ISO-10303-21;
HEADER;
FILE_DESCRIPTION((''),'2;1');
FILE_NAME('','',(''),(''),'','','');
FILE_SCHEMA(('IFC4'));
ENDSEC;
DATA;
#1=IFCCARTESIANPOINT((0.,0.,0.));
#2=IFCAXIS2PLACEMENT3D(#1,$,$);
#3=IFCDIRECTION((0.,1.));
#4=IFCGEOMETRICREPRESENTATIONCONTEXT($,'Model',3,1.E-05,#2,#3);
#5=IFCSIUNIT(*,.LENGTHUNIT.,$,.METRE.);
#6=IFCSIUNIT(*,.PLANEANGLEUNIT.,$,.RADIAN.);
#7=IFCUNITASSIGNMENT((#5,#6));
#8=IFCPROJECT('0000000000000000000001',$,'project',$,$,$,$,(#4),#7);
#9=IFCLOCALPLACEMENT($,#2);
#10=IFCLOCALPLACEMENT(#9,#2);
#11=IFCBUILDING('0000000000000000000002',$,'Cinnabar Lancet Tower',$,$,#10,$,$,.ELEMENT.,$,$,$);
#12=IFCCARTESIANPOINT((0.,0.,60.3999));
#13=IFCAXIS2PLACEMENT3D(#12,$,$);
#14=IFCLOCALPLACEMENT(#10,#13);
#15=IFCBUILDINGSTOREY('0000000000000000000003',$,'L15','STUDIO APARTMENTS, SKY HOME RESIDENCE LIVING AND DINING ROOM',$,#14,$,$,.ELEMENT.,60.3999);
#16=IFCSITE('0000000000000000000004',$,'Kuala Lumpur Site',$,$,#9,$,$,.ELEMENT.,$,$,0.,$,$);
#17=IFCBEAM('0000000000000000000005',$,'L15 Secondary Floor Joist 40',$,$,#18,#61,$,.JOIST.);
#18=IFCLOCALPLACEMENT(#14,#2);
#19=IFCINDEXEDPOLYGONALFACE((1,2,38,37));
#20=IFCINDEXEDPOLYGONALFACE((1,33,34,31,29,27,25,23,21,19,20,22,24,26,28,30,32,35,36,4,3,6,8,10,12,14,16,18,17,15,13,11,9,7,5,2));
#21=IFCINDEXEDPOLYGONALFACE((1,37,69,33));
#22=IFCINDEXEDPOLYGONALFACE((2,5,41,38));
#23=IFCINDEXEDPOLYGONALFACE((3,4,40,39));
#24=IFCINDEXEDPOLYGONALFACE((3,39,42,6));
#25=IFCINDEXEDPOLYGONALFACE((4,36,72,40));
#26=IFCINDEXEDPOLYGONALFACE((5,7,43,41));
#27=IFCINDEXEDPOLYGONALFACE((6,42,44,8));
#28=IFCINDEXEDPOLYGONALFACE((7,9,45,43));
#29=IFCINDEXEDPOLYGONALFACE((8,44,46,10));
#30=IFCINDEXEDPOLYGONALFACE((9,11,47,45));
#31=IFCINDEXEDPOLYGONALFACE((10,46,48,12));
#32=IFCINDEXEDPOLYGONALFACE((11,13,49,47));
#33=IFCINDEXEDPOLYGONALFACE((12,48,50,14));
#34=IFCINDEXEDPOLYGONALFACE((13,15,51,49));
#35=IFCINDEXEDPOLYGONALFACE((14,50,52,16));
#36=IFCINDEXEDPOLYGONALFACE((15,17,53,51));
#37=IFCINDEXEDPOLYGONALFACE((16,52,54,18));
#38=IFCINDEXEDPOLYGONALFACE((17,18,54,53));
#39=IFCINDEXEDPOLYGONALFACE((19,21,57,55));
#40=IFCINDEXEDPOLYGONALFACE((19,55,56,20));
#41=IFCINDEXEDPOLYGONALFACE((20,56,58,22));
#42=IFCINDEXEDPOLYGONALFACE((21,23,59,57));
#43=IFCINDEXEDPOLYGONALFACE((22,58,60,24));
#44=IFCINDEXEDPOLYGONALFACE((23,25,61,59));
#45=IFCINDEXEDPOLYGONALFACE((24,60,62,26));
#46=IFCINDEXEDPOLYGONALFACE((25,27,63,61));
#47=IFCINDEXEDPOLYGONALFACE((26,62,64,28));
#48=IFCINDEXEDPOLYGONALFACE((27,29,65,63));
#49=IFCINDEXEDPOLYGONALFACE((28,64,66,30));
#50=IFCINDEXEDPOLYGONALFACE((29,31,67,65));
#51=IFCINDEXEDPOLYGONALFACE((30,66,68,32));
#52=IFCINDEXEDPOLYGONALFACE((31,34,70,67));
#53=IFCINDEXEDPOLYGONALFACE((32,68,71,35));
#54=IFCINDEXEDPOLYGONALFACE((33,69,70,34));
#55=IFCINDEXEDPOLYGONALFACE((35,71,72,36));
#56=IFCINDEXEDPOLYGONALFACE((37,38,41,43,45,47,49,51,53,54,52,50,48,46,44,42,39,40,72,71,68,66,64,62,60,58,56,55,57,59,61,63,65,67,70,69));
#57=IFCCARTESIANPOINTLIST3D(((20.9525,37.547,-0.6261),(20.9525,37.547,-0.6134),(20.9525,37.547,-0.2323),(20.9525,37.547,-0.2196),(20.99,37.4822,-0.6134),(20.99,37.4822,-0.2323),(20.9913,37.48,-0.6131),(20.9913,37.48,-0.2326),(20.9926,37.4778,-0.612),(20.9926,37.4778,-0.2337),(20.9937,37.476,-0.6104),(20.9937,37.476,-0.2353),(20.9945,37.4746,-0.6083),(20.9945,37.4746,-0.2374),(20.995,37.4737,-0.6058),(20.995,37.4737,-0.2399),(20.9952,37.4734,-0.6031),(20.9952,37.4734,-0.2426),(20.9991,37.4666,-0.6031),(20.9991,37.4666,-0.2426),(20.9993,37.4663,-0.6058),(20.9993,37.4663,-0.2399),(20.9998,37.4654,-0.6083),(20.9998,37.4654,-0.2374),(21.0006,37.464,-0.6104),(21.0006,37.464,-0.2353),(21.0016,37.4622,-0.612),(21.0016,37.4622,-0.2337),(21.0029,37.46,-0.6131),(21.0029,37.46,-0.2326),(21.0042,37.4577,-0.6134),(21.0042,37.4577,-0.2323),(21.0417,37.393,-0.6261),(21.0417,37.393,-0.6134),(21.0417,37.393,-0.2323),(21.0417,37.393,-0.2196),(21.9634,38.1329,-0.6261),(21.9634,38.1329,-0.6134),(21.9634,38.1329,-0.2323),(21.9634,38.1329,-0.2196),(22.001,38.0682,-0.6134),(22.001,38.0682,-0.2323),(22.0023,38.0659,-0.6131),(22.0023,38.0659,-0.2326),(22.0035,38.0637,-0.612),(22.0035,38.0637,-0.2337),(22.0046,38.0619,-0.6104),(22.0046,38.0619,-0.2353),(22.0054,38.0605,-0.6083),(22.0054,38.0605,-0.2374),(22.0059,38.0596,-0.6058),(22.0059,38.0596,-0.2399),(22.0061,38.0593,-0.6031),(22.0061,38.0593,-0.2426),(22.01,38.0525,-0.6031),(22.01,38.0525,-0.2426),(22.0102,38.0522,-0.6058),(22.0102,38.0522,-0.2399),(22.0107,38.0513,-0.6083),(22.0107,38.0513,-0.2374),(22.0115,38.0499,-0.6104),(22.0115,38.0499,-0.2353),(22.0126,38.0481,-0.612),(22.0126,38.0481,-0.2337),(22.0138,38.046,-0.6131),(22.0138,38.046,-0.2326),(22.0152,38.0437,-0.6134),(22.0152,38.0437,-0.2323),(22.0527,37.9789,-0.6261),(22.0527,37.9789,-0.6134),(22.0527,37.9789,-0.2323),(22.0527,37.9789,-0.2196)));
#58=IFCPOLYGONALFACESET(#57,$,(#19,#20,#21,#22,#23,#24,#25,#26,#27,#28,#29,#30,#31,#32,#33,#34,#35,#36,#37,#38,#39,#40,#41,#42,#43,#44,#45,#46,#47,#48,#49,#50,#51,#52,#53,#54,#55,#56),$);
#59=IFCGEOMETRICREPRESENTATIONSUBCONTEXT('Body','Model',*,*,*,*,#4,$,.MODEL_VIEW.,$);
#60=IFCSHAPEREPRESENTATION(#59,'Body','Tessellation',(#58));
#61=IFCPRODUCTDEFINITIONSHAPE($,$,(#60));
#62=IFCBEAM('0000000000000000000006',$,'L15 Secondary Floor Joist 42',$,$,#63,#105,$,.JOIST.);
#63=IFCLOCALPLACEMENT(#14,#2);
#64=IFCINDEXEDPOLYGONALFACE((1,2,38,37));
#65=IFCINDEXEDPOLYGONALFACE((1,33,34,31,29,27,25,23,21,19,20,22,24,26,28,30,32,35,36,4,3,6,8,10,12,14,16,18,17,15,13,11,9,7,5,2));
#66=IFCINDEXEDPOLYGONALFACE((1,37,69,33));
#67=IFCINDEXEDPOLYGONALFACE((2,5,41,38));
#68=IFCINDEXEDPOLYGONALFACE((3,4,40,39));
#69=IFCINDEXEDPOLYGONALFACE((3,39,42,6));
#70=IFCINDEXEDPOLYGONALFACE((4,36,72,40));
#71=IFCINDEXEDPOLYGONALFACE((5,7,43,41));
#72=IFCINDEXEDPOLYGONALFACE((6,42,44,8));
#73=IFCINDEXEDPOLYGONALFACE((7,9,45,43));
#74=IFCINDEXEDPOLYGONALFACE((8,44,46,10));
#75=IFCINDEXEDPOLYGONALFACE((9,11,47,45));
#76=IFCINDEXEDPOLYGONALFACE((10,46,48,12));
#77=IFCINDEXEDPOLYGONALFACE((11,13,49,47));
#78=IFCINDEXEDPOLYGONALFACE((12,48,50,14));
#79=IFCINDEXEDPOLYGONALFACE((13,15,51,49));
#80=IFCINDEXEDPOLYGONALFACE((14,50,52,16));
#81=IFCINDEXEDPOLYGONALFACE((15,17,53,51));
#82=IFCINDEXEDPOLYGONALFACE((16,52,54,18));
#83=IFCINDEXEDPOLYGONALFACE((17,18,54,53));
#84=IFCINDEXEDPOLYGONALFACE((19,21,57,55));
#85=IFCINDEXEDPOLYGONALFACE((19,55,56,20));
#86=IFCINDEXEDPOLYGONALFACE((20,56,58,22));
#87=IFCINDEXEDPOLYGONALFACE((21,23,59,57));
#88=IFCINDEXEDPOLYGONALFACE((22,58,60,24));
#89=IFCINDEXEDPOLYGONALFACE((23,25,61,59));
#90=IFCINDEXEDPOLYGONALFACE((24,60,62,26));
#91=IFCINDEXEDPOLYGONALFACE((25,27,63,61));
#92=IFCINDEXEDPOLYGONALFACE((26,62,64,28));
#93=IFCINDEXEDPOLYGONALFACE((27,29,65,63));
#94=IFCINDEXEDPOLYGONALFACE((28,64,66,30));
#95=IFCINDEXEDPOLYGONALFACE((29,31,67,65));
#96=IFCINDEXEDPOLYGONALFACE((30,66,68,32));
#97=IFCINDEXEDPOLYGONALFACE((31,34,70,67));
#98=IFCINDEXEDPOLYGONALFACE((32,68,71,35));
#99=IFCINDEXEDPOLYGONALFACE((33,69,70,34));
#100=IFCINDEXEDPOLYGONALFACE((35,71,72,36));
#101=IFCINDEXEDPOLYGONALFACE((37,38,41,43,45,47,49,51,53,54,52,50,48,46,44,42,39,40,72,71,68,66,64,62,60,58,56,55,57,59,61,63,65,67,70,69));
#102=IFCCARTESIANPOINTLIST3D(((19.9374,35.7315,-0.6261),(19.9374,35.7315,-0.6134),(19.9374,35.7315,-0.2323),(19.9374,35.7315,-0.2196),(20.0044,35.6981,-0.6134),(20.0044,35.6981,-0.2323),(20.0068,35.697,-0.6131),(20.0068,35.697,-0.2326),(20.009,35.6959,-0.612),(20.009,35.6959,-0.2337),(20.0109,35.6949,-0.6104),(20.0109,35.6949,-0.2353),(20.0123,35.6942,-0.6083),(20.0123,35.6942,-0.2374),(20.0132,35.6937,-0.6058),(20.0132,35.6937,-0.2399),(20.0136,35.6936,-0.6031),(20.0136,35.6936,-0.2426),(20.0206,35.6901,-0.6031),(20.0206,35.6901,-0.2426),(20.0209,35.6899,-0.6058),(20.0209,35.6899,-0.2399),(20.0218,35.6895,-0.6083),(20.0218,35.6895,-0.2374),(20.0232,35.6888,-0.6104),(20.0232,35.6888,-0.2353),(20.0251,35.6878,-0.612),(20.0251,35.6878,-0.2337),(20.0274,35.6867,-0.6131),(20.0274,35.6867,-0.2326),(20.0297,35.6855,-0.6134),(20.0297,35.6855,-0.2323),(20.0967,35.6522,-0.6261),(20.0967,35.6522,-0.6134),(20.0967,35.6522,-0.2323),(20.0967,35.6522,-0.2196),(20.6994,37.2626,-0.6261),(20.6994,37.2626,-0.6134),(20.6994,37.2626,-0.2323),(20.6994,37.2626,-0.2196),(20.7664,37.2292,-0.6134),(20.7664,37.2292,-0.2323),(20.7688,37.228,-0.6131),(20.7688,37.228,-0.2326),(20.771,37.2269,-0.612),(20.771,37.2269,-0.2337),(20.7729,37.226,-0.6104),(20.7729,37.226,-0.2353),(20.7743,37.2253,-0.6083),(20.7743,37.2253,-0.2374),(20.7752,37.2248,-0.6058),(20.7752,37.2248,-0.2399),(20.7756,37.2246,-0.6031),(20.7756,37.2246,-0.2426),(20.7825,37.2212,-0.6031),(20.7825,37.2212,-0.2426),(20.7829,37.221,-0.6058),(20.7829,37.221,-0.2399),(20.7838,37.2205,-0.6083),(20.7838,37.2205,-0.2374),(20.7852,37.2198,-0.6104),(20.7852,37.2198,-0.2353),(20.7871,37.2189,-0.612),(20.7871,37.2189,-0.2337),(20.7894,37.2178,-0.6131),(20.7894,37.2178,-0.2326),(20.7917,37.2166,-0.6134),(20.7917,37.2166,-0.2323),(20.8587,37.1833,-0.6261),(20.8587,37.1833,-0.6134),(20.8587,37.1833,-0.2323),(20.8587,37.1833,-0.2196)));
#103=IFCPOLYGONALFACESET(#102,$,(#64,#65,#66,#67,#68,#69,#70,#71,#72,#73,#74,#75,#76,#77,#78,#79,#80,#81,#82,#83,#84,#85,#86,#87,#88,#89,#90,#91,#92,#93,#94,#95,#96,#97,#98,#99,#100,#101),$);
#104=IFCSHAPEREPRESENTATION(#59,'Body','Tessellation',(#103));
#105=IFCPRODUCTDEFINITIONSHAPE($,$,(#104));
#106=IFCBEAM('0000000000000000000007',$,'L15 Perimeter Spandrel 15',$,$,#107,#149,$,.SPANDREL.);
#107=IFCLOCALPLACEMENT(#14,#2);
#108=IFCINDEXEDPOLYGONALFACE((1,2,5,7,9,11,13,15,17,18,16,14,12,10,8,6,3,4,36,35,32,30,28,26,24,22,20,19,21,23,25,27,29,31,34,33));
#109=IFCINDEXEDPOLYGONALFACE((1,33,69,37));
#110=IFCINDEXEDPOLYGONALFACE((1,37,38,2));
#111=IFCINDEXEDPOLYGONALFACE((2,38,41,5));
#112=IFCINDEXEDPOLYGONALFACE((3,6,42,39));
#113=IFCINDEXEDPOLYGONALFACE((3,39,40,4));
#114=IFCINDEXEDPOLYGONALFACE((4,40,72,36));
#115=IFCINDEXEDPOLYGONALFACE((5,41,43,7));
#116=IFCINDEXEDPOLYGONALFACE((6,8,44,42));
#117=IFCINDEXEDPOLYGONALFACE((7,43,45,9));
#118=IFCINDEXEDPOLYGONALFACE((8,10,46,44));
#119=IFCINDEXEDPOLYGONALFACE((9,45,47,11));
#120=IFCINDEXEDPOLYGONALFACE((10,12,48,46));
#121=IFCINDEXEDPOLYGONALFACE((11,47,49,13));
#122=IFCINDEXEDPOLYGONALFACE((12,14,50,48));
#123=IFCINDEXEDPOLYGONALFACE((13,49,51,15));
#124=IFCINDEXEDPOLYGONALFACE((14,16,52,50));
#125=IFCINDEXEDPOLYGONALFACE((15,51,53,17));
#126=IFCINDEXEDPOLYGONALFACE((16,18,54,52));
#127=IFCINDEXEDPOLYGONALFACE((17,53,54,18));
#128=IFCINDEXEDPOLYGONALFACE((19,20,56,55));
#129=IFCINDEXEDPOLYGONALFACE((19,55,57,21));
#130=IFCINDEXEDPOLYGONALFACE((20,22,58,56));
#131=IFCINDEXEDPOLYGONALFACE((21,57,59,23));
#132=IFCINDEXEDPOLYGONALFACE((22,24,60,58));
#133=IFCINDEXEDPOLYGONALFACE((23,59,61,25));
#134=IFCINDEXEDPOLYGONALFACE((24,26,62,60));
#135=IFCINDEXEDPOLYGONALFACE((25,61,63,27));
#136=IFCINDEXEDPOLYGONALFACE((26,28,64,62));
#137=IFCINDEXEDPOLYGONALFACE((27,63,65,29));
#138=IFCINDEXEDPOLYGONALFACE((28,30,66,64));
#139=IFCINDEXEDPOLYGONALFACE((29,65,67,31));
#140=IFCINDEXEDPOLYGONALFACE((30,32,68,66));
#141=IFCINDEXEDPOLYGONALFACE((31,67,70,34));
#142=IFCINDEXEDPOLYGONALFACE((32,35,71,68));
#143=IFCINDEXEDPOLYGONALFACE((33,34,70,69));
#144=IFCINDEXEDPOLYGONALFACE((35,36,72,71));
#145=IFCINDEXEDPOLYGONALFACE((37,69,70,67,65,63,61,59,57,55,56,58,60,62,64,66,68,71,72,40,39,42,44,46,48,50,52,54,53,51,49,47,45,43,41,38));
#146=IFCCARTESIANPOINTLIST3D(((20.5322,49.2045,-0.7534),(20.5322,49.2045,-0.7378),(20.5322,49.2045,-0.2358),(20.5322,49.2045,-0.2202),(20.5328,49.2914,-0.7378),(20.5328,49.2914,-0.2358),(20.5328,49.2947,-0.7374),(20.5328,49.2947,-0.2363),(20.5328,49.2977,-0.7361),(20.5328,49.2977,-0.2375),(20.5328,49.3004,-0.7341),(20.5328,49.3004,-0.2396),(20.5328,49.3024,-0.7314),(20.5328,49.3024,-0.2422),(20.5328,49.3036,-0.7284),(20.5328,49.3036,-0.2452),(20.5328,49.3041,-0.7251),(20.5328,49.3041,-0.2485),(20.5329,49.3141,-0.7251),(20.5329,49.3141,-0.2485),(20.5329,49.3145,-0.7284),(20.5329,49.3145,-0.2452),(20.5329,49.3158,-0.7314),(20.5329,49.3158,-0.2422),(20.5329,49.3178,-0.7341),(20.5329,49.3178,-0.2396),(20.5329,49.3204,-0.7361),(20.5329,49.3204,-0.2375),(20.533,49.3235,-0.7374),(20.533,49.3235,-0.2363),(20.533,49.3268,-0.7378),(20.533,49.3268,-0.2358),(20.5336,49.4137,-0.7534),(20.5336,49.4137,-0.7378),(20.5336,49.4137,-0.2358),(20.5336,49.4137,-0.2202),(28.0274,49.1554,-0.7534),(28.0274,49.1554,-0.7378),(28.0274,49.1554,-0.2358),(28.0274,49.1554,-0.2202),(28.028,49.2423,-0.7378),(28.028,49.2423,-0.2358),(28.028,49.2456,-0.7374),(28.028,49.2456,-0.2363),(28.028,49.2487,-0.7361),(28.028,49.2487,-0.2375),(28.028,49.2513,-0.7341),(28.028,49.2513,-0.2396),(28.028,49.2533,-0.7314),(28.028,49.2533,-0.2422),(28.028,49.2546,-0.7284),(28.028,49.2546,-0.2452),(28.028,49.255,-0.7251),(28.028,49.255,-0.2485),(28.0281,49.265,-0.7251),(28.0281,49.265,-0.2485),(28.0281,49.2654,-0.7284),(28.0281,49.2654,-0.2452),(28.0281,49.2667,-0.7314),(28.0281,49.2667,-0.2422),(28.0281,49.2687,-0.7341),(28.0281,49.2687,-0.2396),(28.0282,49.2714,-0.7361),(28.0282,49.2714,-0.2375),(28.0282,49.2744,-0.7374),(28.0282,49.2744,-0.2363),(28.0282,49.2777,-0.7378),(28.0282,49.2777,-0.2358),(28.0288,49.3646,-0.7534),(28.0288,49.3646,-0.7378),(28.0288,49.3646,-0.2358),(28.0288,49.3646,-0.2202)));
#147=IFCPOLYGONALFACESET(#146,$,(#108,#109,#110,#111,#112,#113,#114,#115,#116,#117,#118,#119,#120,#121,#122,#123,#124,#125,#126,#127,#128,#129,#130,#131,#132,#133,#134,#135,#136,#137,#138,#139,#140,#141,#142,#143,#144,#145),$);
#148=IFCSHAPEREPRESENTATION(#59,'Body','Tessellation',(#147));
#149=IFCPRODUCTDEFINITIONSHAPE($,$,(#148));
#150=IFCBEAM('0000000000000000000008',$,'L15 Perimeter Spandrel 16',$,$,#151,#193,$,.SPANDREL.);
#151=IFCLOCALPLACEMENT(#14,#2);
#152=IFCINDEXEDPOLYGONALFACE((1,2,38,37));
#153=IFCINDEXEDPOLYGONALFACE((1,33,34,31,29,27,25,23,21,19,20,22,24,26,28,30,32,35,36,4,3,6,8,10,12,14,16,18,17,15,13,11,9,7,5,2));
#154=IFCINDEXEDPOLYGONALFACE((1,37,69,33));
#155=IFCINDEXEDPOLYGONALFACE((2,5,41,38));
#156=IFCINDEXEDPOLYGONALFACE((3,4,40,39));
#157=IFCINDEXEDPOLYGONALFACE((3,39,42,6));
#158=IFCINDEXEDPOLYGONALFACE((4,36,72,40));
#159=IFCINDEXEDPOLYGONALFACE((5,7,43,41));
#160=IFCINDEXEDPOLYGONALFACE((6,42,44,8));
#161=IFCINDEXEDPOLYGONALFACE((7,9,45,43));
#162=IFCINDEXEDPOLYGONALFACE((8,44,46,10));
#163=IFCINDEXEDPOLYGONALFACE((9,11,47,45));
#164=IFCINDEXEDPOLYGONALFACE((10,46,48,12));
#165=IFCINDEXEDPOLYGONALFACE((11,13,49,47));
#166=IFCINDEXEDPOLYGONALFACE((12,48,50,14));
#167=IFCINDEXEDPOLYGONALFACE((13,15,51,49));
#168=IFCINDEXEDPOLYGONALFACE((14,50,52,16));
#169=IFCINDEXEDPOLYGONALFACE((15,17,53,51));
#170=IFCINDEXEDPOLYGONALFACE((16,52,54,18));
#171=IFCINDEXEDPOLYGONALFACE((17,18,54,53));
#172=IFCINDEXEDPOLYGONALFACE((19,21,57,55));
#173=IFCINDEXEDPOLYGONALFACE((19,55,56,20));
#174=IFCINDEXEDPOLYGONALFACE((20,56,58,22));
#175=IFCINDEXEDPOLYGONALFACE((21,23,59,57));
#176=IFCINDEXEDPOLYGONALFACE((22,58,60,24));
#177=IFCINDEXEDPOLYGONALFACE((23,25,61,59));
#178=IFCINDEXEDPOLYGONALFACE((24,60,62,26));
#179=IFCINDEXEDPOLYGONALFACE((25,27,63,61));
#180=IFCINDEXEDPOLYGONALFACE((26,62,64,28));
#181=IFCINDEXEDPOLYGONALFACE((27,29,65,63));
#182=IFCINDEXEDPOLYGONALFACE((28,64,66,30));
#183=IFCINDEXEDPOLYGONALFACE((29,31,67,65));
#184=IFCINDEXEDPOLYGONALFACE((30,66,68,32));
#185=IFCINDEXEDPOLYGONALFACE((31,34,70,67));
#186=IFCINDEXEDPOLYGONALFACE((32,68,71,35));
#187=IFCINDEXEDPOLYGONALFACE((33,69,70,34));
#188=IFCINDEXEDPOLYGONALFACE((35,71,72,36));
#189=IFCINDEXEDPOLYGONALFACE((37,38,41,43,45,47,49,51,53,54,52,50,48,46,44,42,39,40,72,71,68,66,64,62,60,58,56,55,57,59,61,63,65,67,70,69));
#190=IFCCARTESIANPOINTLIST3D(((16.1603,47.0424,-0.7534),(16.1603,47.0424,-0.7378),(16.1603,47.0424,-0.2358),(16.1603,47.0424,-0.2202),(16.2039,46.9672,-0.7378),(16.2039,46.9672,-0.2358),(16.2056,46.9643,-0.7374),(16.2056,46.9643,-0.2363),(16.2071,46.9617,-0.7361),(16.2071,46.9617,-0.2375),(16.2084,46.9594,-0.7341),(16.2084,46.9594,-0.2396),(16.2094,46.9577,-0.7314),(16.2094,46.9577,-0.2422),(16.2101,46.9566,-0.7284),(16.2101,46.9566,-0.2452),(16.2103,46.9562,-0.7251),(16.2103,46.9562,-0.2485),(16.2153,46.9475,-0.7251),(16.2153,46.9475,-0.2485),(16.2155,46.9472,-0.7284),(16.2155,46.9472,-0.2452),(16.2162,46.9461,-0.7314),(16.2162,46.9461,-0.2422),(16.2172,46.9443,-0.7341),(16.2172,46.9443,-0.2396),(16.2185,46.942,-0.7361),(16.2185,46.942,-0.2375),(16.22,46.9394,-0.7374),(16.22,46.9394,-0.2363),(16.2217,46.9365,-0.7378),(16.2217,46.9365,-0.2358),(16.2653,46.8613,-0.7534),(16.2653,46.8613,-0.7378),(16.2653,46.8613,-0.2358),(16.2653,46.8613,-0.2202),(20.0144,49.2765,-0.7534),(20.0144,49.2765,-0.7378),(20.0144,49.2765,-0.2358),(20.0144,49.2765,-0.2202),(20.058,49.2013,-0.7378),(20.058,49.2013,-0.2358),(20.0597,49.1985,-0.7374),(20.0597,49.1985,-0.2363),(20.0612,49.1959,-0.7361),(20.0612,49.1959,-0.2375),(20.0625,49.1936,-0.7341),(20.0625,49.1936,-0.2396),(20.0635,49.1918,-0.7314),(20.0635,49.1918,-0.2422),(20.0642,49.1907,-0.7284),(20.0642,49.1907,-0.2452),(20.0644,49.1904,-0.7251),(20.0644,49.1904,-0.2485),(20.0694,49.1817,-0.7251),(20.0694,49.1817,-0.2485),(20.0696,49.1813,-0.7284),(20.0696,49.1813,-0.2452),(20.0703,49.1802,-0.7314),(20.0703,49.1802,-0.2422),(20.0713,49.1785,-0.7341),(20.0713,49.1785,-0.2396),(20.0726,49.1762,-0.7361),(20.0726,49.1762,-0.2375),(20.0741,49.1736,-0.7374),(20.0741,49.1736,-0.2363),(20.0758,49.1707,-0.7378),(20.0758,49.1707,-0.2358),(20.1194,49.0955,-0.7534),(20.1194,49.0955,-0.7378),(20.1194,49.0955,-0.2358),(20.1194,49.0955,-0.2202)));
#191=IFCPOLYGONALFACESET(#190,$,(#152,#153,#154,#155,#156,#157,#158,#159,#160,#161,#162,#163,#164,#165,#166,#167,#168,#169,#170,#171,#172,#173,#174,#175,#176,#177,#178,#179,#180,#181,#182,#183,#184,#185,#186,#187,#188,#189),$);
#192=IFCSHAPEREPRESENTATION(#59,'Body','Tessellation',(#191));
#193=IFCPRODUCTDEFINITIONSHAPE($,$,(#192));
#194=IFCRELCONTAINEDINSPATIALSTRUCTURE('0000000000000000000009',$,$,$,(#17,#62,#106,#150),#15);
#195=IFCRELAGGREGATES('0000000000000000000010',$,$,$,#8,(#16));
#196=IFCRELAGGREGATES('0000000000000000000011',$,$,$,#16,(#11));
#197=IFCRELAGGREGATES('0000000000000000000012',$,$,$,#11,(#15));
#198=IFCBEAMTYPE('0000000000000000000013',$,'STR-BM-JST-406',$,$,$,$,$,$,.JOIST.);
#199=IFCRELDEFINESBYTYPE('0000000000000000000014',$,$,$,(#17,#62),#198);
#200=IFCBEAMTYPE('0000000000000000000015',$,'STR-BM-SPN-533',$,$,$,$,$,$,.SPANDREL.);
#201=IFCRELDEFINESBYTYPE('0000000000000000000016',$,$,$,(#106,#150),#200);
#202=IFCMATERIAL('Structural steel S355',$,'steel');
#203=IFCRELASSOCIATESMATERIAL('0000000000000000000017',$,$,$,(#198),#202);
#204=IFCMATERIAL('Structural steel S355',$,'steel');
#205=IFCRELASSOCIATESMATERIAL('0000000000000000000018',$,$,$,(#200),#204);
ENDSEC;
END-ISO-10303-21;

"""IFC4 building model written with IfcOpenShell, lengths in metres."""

from ifc_helpers import new_model, si_unit, direction, frame, origin, origin_2d, place, context, subcontext, project, spatial, i_section, extrude, material, material_profile, profile_set, type_object, element, save


model = new_model("IFC4")

# Units and contexts
model_context = context("Model", 3, precision=1e-05, world=origin(), true_north=direction((0.0, 1.0)))
body_context = subcontext(model_context, "Body", "Model", "MODEL_VIEW")
ifc_project = project(units=[si_unit("LENGTHUNIT", "METRE"), si_unit("PLANEANGLEUNIT", "RADIAN")], contexts=[model_context])

# Site, building, storey
site_placement = place(None, origin())
site = spatial("IfcSite", under=ifc_project, at=site_placement, Name="Kuala Lumpur Site", CompositionType="ELEMENT", RefElevation=0.0)
building_placement = place(site_placement, origin())
building = spatial("IfcBuilding", under=site, at=building_placement, Name="Cinnabar Lancet Tower", CompositionType="ELEMENT")
storey_placement = place(building_placement, frame((0.0, 0.0, 60.3999)))
storey = spatial("IfcBuildingStorey", under=building, at=storey_placement, Name="L15", Description="STUDIO APARTMENTS, SKY HOME RESIDENCE LIVING AND DINING ROOM", CompositionType="ELEMENT", Elevation=60.3999)

# Beams
ifc_material_1 = material(Name="Structural steel S355", Category="steel")
ifc_material_profile_1 = material_profile(ifc_material_1, i_section(OverallWidth=0.178, OverallDepth=0.4065, WebThickness=0.0078, FlangeThickness=0.0127, FilletRadius=0.0103, at=origin_2d()), Name="UKB 406x178x60")
ifc_profile_set_1 = profile_set([ifc_material_profile_1], Name="Structural steel S355")
beam_type_1 = type_object("IfcBeamType", Name="STR-BM-JST-406", PredefinedType="JOIST", material=ifc_profile_set_1)
beam_1_placement = place(storey_placement, frame((22.0081, 38.0559, -0.4229), z_axis=(-0.865193, -0.50144, 0.0), x_axis=(0.50144, -0.865193, 0.0)))
element("IfcBeam", 1, at=beam_1_placement, inside=storey, type_object=beam_type_1, Name="L15 Secondary Floor Joist 40", PredefinedType="JOIST", context=body_context, shape_type="SweptSolid", body=[
    extrude(i_section(OverallWidth=0.178, OverallDepth=0.4065, WebThickness=0.0078, FlangeThickness=0.0127, FilletRadius=0.0103, at=origin_2d()), origin(), (0.0, 0.0, 1.0), 1.1685),
])
beam_2_placement = place(storey_placement, frame((20.7791, 37.2229, -0.4229), z_axis=(-0.445557, -0.895254, 0.0), x_axis=(0.895254, -0.445557, 0.0)))
element("IfcBeam", 2, at=beam_2_placement, inside=storey, type_object=beam_type_1, Name="L15 Secondary Floor Joist 42", PredefinedType="JOIST", context=body_context, shape_type="SweptSolid", body=[
    extrude(i_section(OverallWidth=0.178, OverallDepth=0.4065, WebThickness=0.0078, FlangeThickness=0.0127, FilletRadius=0.0103, at=origin_2d()), origin(), (0.0, 0.0, 1.0), 1.7102),
])
ifc_material_2 = material(Name="Structural steel S355", Category="steel")
ifc_material_profile_2 = material_profile(ifc_material_2, i_section(OverallWidth=0.2092, OverallDepth=0.5332, WebThickness=0.01, FlangeThickness=0.0156, FilletRadius=0.0127, at=origin_2d()), Name="UKB 533x210x92")
ifc_profile_set_2 = profile_set([ifc_material_profile_2], Name="Structural steel S355")
beam_type_2 = type_object("IfcBeamType", Name="STR-BM-SPN-533", PredefinedType="SPANDREL", material=ifc_profile_set_2)
beam_3_placement = place(storey_placement, frame((28.0281, 49.26, -0.4868), z_axis=(-0.999979, 0.006547, 0.0), x_axis=(-0.006547, -0.999979, 0.0)))
element("IfcBeam", 3, at=beam_3_placement, inside=storey, type_object=beam_type_2, Name="L15 Perimeter Spandrel 15", PredefinedType="SPANDREL", context=body_context, shape_type="SweptSolid", body=[
    extrude(i_section(OverallWidth=0.2092, OverallDepth=0.5332, WebThickness=0.01, FlangeThickness=0.0156, FilletRadius=0.0127, at=origin_2d()), origin(), (0.0, 0.0, 1.0), 7.4954),
])
beam_4_placement = place(storey_placement, frame((20.0669, 49.186, -0.4868), z_axis=(-0.865147, -0.501518, 0.0), x_axis=(0.501518, -0.865147, 0.0)))
element("IfcBeam", 4, at=beam_4_placement, inside=storey, type_object=beam_type_2, Name="L15 Perimeter Spandrel 16", PredefinedType="SPANDREL", context=body_context, shape_type="SweptSolid", body=[
    extrude(i_section(OverallWidth=0.2092, OverallDepth=0.5332, WebThickness=0.01, FlangeThickness=0.0156, FilletRadius=0.0127, at=origin_2d()), origin(), (0.0, 0.0, 1.0), 4.4548),
])

save(model, "model.ifc")
